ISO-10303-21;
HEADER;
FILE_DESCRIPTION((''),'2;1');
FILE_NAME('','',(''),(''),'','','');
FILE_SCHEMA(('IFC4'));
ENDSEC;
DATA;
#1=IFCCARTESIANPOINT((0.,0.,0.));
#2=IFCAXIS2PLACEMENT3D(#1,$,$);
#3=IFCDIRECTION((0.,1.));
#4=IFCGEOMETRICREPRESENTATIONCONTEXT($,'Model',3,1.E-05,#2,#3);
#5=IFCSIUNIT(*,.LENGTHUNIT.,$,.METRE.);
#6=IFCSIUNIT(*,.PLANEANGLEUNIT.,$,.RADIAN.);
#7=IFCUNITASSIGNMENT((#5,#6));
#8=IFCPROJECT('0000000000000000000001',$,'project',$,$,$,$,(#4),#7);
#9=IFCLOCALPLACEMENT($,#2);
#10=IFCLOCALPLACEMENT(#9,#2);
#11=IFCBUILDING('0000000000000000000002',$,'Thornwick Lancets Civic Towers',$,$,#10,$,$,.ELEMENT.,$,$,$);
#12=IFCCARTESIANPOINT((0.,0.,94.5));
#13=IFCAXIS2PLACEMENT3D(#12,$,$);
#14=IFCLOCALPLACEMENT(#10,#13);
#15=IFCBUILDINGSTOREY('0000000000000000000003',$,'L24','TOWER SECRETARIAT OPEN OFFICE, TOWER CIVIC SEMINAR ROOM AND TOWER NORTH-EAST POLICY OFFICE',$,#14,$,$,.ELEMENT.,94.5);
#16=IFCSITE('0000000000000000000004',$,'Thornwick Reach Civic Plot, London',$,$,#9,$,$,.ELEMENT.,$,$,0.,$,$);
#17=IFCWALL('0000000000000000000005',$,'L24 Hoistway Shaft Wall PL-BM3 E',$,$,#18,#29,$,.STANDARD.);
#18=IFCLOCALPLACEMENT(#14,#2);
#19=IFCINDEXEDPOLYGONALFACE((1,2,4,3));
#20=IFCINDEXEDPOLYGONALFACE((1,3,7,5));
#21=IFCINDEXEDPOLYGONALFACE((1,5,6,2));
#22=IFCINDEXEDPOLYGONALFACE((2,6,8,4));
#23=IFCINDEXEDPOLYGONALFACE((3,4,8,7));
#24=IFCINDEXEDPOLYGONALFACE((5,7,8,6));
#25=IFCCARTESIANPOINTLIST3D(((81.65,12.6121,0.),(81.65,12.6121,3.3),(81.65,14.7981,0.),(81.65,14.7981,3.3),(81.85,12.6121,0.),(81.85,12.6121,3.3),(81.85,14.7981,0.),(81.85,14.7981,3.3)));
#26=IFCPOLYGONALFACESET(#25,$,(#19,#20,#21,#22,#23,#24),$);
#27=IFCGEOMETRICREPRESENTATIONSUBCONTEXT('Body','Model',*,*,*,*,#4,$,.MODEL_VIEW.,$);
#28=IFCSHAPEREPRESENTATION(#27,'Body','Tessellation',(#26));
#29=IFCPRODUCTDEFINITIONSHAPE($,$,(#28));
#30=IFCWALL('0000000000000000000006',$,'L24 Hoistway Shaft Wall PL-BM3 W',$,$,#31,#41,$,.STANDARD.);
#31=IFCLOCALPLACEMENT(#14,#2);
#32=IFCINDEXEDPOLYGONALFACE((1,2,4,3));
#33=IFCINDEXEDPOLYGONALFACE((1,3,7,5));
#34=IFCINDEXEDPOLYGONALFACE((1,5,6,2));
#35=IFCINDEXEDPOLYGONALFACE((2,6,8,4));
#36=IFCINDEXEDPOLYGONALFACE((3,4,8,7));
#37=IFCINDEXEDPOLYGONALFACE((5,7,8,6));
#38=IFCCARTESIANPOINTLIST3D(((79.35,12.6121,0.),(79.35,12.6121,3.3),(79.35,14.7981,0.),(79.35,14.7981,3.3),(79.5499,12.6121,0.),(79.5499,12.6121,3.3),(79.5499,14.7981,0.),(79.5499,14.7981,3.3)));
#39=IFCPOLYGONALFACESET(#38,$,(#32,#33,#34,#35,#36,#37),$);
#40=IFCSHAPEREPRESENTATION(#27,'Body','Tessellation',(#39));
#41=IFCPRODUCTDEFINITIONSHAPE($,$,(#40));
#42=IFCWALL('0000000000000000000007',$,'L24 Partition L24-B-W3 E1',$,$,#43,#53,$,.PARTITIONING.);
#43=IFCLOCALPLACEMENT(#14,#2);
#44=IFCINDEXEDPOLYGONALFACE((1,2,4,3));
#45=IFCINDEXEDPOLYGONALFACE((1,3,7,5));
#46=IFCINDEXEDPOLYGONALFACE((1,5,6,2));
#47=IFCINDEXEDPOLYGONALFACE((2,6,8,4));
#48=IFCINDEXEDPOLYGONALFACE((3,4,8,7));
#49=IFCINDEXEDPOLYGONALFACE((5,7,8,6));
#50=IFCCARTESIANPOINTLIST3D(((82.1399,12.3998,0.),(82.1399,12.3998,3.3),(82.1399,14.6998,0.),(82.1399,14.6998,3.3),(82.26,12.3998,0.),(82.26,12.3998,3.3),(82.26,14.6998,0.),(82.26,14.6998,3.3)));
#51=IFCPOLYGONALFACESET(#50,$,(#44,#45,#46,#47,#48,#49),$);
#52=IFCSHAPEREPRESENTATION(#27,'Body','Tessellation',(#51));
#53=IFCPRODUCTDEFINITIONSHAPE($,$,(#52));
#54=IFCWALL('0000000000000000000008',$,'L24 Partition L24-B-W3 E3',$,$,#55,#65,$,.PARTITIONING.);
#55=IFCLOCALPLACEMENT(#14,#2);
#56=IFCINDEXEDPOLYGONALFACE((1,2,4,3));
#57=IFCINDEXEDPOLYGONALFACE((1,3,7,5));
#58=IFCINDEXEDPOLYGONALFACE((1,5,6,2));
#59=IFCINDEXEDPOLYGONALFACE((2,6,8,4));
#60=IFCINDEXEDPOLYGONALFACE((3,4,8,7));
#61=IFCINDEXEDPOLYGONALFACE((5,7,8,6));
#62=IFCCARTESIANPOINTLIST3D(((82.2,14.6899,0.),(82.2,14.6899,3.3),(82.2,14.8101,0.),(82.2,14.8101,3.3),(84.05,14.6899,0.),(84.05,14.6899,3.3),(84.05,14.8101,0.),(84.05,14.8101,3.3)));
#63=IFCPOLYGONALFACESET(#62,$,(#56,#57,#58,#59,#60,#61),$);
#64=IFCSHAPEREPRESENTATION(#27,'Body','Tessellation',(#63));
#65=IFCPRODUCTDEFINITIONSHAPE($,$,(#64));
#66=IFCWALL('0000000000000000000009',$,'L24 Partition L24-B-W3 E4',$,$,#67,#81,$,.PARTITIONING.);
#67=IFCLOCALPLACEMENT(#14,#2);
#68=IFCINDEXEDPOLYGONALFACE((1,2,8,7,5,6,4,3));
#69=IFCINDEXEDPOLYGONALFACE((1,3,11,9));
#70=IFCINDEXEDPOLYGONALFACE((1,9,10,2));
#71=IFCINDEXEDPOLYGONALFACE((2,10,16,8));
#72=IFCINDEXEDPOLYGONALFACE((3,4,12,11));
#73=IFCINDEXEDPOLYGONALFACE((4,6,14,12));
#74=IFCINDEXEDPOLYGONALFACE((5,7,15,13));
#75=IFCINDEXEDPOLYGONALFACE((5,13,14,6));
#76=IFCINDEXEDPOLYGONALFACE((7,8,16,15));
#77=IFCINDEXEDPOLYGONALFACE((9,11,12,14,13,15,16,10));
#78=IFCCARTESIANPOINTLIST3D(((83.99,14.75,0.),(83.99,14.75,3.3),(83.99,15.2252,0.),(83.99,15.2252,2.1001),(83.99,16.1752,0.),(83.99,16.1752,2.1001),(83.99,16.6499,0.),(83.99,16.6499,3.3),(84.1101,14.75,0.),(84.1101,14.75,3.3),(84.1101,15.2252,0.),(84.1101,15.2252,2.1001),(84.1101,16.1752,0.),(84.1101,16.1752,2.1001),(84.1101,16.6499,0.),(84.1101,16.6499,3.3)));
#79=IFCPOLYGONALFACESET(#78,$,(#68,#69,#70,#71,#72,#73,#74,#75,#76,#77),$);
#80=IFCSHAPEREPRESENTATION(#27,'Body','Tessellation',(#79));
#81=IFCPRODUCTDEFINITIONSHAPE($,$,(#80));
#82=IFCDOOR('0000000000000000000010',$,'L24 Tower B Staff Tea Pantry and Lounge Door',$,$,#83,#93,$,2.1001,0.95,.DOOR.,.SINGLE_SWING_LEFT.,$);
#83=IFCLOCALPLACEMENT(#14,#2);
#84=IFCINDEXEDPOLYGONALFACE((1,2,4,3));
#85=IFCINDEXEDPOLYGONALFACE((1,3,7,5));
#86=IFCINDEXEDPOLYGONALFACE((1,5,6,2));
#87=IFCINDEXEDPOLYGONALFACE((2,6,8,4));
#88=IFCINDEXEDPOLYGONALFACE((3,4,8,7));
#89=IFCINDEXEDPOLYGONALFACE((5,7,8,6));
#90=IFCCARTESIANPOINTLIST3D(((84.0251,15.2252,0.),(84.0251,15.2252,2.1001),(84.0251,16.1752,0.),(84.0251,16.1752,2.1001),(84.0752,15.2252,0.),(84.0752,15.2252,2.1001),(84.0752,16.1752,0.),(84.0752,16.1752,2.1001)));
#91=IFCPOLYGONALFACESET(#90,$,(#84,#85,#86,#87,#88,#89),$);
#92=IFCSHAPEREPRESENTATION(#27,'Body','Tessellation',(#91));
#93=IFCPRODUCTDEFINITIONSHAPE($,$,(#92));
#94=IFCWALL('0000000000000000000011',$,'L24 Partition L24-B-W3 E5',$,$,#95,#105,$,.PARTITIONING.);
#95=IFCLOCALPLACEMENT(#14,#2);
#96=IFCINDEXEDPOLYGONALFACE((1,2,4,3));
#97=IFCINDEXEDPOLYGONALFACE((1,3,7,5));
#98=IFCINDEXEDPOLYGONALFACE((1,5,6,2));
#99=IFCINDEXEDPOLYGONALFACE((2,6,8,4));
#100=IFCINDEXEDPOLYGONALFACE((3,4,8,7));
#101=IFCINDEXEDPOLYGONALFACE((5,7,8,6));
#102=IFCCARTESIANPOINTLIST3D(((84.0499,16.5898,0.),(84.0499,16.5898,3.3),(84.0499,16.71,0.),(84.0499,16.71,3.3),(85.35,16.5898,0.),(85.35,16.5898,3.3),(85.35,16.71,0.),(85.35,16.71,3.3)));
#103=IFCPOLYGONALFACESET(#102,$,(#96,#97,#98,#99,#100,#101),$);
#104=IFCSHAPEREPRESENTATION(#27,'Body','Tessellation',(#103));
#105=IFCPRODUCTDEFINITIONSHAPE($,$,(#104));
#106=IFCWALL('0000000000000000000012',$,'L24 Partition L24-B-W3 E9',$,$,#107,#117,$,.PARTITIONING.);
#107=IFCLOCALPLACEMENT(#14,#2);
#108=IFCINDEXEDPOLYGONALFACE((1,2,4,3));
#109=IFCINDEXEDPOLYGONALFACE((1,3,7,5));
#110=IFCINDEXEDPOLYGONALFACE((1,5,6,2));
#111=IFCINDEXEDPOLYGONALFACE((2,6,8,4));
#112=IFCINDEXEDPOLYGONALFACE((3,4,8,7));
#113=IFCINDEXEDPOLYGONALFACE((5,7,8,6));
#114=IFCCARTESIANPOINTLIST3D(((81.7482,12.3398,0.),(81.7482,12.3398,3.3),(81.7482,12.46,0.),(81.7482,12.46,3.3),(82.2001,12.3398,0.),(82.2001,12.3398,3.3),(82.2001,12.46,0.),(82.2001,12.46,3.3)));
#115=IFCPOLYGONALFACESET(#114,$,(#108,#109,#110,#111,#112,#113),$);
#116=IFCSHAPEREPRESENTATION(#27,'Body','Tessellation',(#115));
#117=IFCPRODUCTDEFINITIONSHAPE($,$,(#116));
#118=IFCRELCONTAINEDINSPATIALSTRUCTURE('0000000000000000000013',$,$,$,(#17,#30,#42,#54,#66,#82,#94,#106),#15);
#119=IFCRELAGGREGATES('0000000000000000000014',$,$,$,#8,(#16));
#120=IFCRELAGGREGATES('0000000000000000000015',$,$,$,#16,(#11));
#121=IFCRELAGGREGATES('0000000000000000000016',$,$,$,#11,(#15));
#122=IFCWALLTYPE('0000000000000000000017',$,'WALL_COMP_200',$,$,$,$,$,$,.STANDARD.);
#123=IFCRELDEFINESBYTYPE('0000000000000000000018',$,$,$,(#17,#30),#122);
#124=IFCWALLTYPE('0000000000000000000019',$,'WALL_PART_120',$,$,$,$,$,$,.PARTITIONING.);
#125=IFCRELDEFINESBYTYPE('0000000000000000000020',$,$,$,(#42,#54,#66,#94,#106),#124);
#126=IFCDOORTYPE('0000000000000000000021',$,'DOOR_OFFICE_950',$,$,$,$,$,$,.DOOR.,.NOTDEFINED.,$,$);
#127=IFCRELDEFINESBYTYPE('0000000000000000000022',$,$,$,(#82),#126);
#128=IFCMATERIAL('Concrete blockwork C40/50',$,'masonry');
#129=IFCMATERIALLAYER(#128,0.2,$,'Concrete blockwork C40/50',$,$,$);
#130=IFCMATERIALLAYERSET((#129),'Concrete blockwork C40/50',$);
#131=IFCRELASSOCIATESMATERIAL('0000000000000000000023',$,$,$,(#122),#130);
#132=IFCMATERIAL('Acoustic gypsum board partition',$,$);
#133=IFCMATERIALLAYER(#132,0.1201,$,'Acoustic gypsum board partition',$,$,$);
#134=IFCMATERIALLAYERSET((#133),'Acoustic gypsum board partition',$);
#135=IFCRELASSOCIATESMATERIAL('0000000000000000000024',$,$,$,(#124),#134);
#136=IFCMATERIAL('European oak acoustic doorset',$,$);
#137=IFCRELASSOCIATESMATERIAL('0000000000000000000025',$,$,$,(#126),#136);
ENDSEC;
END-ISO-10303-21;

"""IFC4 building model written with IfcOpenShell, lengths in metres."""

from ifc_helpers import new_model, si_unit, direction, frame, frame_2d, origin, place, context, subcontext, project, spatial, rectangle, extrude, material, layer, layer_set, type_object, element, fill, save


model = new_model("IFC4")

# Units and contexts
model_context = context("Model", 3, precision=1e-05, world=origin(), true_north=direction((0.0, 1.0)))
body_context = subcontext(model_context, "Body", "Model", "MODEL_VIEW")
ifc_project = project(units=[si_unit("LENGTHUNIT", "METRE"), si_unit("PLANEANGLEUNIT", "RADIAN")], contexts=[model_context])

# Site, building, storey
site_placement = place(None, origin())
site = spatial("IfcSite", under=ifc_project, at=site_placement, Name="Thornwick Reach Civic Plot, London", CompositionType="ELEMENT", RefElevation=0.0)
building_placement = place(site_placement, origin())
building = spatial("IfcBuilding", under=site, at=building_placement, Name="Thornwick Lancets Civic Towers", CompositionType="ELEMENT")
storey_placement = place(building_placement, frame((0.0, 0.0, 94.5)))
storey = spatial("IfcBuildingStorey", under=building, at=storey_placement, Name="L24", Description="TOWER SECRETARIAT OPEN OFFICE, TOWER CIVIC SEMINAR ROOM AND TOWER NORTH-EAST POLICY OFFICE", CompositionType="ELEMENT", Elevation=94.5)

# Shared definitions
ifc_material_1 = material(Name="Concrete blockwork C40/50", Category="masonry")
ifc_layer_1 = layer(ifc_material_1, 0.2, Name="Concrete blockwork C40/50")
ifc_layer_set_1 = layer_set([ifc_layer_1], Name="Concrete blockwork C40/50")
wall_type_1 = type_object("IfcWallType", Name="WALL_COMP_200", PredefinedType="STANDARD", material=ifc_layer_set_1)

# Walls
for number, where, z_axis, x_axis, name in (
    (1, (81.75, 12.6121, 0.0), (0.0, 0.0, 1.0), (0.0, 1.0, 0.0), "L24 Hoistway Shaft Wall PL-BM3 E"),
    (2, (79.45, 12.6121, 0.0), (0.0, 0.0, 1.0), (0.0, 1.0, 0.0), "L24 Hoistway Shaft Wall PL-BM3 W"),
):
    element("IfcWall", number, at=place(storey_placement, frame(where, z_axis=z_axis, x_axis=x_axis)), inside=storey, type_object=wall_type_1, Name=name, PredefinedType="STANDARD", context=body_context, shape_type="SweptSolid", body=[
        extrude(rectangle(XDim=2.186, YDim=0.2, at=frame_2d((1.093, 0.0))), origin(), (0.0, 0.0, 1.0), 3.3),
    ])
ifc_material_2 = material(Name="Acoustic gypsum board partition")
ifc_layer_2 = layer(ifc_material_2, 0.1201, Name="Acoustic gypsum board partition")
ifc_layer_set_2 = layer_set([ifc_layer_2], Name="Acoustic gypsum board partition")
wall_type_2 = type_object("IfcWallType", Name="WALL_PART_120", PredefinedType="PARTITIONING", material=ifc_layer_set_2)
wall_1_placement = place(storey_placement, frame((82.2, 12.3999, 0.0), z_axis=(0.0, 0.0, 1.0), x_axis=(0.0, 1.0, 0.0)))
element("IfcWall", 3, at=wall_1_placement, inside=storey, type_object=wall_type_2, Name="L24 Partition L24-B-W3 E1", PredefinedType="PARTITIONING", context=body_context, shape_type="SweptSolid", body=[
    extrude(rectangle(XDim=2.3, YDim=0.1201, at=frame_2d((1.1499, 0.0))), origin(), (0.0, 0.0, 1.0), 3.3),
])
wall_2_placement = place(storey_placement, frame((82.2, 14.75, 0.0), z_axis=(0.0, 0.0, 1.0), x_axis=(1.0, 0.0, 0.0)))
element("IfcWall", 4, at=wall_2_placement, inside=storey, type_object=wall_type_2, Name="L24 Partition L24-B-W3 E3", PredefinedType="PARTITIONING", context=body_context, shape_type="SweptSolid", body=[
    extrude(rectangle(XDim=1.8501, YDim=0.1201, at=frame_2d((0.925, 0.0))), origin(), (0.0, 0.0, 1.0), 3.3),
])

# Wall, opening, door
wall_3_placement = place(storey_placement, frame((84.05, 14.75, 0.0), z_axis=(0.0, 0.0, 1.0), x_axis=(0.0, 1.0, 0.0)))
wall_3 = element("IfcWall", 5, at=wall_3_placement, inside=storey, type_object=wall_type_2, Name="L24 Partition L24-B-W3 E4", PredefinedType="PARTITIONING", context=body_context, shape_type="SweptSolid", body=[
    extrude(rectangle(XDim=1.8999, YDim=0.1201, at=frame_2d((0.95, 0.0))), origin(), (0.0, 0.0, 1.0), 3.3),
])
opening_1_placement = place(wall_3_placement, frame((0.4751, 0.0, 0.0)))
opening_1 = element("IfcOpeningElement", 6, at=opening_1_placement, cuts=wall_3, PredefinedType="OPENING", context=body_context, shape_type="SweptSolid", body=[
    extrude(rectangle(XDim=0.95, YDim=2.1001, at=frame_2d((0.4751, 1.05))), frame((0.0, 0.0701, 0.0), z_axis=(0.0, -1.0, 0.0), x_axis=(1.0, 0.0, 0.0)), (0.0, 0.0, 1.0), 0.1401),
])
ifc_material_3 = material(Name="European oak acoustic doorset")
door_type_1 = type_object("IfcDoorType", Name="DOOR_OFFICE_950", OperationType="NOTDEFINED", PredefinedType="DOOR", material=ifc_material_3)
door_1_placement = place(opening_1_placement, origin())
door_1 = element("IfcDoor", 7, at=door_1_placement, inside=storey, type_object=door_type_1, Name="L24 Tower B Staff Tea Pantry and Lounge Door", OperationType="SINGLE_SWING_LEFT", OverallHeight=2.1001, OverallWidth=0.95, PredefinedType="DOOR", context=body_context, shape_type="SweptSolid", body=[
    extrude(rectangle(XDim=0.95, YDim=2.1001, at=frame_2d((0.4751, 1.05))), frame((0.0, 0.0249, 0.0), z_axis=(0.0, -1.0, 0.0), x_axis=(1.0, 0.0, 0.0)), (0.0, 0.0, 1.0), 0.05),
])
fill(opening_1, door_1)

# Walls
wall_4_placement = place(storey_placement, frame((84.05, 16.6499, 0.0), z_axis=(0.0, 0.0, 1.0), x_axis=(1.0, 0.0, 0.0)))
element("IfcWall", 8, at=wall_4_placement, inside=storey, type_object=wall_type_2, Name="L24 Partition L24-B-W3 E5", PredefinedType="PARTITIONING", context=body_context, shape_type="SweptSolid", body=[
    extrude(rectangle(XDim=1.3, YDim=0.1201, at=frame_2d((0.6499, 0.0))), origin(), (0.0, 0.0, 1.0), 3.3),
])
wall_5_placement = place(storey_placement, frame((81.748, 12.3999, 0.0), z_axis=(0.0, 0.0, 1.0), x_axis=(1.0, 0.0, 0.0)))
element("IfcWall", 9, at=wall_5_placement, inside=storey, type_object=wall_type_2, Name="L24 Partition L24-B-W3 E9", PredefinedType="PARTITIONING", context=body_context, shape_type="SweptSolid", body=[
    extrude(rectangle(XDim=0.4519, YDim=0.1201, at=frame_2d((0.2261, 0.0))), origin(), (0.0, 0.0, 1.0), 3.3),
])

save(model, "model.ifc")
